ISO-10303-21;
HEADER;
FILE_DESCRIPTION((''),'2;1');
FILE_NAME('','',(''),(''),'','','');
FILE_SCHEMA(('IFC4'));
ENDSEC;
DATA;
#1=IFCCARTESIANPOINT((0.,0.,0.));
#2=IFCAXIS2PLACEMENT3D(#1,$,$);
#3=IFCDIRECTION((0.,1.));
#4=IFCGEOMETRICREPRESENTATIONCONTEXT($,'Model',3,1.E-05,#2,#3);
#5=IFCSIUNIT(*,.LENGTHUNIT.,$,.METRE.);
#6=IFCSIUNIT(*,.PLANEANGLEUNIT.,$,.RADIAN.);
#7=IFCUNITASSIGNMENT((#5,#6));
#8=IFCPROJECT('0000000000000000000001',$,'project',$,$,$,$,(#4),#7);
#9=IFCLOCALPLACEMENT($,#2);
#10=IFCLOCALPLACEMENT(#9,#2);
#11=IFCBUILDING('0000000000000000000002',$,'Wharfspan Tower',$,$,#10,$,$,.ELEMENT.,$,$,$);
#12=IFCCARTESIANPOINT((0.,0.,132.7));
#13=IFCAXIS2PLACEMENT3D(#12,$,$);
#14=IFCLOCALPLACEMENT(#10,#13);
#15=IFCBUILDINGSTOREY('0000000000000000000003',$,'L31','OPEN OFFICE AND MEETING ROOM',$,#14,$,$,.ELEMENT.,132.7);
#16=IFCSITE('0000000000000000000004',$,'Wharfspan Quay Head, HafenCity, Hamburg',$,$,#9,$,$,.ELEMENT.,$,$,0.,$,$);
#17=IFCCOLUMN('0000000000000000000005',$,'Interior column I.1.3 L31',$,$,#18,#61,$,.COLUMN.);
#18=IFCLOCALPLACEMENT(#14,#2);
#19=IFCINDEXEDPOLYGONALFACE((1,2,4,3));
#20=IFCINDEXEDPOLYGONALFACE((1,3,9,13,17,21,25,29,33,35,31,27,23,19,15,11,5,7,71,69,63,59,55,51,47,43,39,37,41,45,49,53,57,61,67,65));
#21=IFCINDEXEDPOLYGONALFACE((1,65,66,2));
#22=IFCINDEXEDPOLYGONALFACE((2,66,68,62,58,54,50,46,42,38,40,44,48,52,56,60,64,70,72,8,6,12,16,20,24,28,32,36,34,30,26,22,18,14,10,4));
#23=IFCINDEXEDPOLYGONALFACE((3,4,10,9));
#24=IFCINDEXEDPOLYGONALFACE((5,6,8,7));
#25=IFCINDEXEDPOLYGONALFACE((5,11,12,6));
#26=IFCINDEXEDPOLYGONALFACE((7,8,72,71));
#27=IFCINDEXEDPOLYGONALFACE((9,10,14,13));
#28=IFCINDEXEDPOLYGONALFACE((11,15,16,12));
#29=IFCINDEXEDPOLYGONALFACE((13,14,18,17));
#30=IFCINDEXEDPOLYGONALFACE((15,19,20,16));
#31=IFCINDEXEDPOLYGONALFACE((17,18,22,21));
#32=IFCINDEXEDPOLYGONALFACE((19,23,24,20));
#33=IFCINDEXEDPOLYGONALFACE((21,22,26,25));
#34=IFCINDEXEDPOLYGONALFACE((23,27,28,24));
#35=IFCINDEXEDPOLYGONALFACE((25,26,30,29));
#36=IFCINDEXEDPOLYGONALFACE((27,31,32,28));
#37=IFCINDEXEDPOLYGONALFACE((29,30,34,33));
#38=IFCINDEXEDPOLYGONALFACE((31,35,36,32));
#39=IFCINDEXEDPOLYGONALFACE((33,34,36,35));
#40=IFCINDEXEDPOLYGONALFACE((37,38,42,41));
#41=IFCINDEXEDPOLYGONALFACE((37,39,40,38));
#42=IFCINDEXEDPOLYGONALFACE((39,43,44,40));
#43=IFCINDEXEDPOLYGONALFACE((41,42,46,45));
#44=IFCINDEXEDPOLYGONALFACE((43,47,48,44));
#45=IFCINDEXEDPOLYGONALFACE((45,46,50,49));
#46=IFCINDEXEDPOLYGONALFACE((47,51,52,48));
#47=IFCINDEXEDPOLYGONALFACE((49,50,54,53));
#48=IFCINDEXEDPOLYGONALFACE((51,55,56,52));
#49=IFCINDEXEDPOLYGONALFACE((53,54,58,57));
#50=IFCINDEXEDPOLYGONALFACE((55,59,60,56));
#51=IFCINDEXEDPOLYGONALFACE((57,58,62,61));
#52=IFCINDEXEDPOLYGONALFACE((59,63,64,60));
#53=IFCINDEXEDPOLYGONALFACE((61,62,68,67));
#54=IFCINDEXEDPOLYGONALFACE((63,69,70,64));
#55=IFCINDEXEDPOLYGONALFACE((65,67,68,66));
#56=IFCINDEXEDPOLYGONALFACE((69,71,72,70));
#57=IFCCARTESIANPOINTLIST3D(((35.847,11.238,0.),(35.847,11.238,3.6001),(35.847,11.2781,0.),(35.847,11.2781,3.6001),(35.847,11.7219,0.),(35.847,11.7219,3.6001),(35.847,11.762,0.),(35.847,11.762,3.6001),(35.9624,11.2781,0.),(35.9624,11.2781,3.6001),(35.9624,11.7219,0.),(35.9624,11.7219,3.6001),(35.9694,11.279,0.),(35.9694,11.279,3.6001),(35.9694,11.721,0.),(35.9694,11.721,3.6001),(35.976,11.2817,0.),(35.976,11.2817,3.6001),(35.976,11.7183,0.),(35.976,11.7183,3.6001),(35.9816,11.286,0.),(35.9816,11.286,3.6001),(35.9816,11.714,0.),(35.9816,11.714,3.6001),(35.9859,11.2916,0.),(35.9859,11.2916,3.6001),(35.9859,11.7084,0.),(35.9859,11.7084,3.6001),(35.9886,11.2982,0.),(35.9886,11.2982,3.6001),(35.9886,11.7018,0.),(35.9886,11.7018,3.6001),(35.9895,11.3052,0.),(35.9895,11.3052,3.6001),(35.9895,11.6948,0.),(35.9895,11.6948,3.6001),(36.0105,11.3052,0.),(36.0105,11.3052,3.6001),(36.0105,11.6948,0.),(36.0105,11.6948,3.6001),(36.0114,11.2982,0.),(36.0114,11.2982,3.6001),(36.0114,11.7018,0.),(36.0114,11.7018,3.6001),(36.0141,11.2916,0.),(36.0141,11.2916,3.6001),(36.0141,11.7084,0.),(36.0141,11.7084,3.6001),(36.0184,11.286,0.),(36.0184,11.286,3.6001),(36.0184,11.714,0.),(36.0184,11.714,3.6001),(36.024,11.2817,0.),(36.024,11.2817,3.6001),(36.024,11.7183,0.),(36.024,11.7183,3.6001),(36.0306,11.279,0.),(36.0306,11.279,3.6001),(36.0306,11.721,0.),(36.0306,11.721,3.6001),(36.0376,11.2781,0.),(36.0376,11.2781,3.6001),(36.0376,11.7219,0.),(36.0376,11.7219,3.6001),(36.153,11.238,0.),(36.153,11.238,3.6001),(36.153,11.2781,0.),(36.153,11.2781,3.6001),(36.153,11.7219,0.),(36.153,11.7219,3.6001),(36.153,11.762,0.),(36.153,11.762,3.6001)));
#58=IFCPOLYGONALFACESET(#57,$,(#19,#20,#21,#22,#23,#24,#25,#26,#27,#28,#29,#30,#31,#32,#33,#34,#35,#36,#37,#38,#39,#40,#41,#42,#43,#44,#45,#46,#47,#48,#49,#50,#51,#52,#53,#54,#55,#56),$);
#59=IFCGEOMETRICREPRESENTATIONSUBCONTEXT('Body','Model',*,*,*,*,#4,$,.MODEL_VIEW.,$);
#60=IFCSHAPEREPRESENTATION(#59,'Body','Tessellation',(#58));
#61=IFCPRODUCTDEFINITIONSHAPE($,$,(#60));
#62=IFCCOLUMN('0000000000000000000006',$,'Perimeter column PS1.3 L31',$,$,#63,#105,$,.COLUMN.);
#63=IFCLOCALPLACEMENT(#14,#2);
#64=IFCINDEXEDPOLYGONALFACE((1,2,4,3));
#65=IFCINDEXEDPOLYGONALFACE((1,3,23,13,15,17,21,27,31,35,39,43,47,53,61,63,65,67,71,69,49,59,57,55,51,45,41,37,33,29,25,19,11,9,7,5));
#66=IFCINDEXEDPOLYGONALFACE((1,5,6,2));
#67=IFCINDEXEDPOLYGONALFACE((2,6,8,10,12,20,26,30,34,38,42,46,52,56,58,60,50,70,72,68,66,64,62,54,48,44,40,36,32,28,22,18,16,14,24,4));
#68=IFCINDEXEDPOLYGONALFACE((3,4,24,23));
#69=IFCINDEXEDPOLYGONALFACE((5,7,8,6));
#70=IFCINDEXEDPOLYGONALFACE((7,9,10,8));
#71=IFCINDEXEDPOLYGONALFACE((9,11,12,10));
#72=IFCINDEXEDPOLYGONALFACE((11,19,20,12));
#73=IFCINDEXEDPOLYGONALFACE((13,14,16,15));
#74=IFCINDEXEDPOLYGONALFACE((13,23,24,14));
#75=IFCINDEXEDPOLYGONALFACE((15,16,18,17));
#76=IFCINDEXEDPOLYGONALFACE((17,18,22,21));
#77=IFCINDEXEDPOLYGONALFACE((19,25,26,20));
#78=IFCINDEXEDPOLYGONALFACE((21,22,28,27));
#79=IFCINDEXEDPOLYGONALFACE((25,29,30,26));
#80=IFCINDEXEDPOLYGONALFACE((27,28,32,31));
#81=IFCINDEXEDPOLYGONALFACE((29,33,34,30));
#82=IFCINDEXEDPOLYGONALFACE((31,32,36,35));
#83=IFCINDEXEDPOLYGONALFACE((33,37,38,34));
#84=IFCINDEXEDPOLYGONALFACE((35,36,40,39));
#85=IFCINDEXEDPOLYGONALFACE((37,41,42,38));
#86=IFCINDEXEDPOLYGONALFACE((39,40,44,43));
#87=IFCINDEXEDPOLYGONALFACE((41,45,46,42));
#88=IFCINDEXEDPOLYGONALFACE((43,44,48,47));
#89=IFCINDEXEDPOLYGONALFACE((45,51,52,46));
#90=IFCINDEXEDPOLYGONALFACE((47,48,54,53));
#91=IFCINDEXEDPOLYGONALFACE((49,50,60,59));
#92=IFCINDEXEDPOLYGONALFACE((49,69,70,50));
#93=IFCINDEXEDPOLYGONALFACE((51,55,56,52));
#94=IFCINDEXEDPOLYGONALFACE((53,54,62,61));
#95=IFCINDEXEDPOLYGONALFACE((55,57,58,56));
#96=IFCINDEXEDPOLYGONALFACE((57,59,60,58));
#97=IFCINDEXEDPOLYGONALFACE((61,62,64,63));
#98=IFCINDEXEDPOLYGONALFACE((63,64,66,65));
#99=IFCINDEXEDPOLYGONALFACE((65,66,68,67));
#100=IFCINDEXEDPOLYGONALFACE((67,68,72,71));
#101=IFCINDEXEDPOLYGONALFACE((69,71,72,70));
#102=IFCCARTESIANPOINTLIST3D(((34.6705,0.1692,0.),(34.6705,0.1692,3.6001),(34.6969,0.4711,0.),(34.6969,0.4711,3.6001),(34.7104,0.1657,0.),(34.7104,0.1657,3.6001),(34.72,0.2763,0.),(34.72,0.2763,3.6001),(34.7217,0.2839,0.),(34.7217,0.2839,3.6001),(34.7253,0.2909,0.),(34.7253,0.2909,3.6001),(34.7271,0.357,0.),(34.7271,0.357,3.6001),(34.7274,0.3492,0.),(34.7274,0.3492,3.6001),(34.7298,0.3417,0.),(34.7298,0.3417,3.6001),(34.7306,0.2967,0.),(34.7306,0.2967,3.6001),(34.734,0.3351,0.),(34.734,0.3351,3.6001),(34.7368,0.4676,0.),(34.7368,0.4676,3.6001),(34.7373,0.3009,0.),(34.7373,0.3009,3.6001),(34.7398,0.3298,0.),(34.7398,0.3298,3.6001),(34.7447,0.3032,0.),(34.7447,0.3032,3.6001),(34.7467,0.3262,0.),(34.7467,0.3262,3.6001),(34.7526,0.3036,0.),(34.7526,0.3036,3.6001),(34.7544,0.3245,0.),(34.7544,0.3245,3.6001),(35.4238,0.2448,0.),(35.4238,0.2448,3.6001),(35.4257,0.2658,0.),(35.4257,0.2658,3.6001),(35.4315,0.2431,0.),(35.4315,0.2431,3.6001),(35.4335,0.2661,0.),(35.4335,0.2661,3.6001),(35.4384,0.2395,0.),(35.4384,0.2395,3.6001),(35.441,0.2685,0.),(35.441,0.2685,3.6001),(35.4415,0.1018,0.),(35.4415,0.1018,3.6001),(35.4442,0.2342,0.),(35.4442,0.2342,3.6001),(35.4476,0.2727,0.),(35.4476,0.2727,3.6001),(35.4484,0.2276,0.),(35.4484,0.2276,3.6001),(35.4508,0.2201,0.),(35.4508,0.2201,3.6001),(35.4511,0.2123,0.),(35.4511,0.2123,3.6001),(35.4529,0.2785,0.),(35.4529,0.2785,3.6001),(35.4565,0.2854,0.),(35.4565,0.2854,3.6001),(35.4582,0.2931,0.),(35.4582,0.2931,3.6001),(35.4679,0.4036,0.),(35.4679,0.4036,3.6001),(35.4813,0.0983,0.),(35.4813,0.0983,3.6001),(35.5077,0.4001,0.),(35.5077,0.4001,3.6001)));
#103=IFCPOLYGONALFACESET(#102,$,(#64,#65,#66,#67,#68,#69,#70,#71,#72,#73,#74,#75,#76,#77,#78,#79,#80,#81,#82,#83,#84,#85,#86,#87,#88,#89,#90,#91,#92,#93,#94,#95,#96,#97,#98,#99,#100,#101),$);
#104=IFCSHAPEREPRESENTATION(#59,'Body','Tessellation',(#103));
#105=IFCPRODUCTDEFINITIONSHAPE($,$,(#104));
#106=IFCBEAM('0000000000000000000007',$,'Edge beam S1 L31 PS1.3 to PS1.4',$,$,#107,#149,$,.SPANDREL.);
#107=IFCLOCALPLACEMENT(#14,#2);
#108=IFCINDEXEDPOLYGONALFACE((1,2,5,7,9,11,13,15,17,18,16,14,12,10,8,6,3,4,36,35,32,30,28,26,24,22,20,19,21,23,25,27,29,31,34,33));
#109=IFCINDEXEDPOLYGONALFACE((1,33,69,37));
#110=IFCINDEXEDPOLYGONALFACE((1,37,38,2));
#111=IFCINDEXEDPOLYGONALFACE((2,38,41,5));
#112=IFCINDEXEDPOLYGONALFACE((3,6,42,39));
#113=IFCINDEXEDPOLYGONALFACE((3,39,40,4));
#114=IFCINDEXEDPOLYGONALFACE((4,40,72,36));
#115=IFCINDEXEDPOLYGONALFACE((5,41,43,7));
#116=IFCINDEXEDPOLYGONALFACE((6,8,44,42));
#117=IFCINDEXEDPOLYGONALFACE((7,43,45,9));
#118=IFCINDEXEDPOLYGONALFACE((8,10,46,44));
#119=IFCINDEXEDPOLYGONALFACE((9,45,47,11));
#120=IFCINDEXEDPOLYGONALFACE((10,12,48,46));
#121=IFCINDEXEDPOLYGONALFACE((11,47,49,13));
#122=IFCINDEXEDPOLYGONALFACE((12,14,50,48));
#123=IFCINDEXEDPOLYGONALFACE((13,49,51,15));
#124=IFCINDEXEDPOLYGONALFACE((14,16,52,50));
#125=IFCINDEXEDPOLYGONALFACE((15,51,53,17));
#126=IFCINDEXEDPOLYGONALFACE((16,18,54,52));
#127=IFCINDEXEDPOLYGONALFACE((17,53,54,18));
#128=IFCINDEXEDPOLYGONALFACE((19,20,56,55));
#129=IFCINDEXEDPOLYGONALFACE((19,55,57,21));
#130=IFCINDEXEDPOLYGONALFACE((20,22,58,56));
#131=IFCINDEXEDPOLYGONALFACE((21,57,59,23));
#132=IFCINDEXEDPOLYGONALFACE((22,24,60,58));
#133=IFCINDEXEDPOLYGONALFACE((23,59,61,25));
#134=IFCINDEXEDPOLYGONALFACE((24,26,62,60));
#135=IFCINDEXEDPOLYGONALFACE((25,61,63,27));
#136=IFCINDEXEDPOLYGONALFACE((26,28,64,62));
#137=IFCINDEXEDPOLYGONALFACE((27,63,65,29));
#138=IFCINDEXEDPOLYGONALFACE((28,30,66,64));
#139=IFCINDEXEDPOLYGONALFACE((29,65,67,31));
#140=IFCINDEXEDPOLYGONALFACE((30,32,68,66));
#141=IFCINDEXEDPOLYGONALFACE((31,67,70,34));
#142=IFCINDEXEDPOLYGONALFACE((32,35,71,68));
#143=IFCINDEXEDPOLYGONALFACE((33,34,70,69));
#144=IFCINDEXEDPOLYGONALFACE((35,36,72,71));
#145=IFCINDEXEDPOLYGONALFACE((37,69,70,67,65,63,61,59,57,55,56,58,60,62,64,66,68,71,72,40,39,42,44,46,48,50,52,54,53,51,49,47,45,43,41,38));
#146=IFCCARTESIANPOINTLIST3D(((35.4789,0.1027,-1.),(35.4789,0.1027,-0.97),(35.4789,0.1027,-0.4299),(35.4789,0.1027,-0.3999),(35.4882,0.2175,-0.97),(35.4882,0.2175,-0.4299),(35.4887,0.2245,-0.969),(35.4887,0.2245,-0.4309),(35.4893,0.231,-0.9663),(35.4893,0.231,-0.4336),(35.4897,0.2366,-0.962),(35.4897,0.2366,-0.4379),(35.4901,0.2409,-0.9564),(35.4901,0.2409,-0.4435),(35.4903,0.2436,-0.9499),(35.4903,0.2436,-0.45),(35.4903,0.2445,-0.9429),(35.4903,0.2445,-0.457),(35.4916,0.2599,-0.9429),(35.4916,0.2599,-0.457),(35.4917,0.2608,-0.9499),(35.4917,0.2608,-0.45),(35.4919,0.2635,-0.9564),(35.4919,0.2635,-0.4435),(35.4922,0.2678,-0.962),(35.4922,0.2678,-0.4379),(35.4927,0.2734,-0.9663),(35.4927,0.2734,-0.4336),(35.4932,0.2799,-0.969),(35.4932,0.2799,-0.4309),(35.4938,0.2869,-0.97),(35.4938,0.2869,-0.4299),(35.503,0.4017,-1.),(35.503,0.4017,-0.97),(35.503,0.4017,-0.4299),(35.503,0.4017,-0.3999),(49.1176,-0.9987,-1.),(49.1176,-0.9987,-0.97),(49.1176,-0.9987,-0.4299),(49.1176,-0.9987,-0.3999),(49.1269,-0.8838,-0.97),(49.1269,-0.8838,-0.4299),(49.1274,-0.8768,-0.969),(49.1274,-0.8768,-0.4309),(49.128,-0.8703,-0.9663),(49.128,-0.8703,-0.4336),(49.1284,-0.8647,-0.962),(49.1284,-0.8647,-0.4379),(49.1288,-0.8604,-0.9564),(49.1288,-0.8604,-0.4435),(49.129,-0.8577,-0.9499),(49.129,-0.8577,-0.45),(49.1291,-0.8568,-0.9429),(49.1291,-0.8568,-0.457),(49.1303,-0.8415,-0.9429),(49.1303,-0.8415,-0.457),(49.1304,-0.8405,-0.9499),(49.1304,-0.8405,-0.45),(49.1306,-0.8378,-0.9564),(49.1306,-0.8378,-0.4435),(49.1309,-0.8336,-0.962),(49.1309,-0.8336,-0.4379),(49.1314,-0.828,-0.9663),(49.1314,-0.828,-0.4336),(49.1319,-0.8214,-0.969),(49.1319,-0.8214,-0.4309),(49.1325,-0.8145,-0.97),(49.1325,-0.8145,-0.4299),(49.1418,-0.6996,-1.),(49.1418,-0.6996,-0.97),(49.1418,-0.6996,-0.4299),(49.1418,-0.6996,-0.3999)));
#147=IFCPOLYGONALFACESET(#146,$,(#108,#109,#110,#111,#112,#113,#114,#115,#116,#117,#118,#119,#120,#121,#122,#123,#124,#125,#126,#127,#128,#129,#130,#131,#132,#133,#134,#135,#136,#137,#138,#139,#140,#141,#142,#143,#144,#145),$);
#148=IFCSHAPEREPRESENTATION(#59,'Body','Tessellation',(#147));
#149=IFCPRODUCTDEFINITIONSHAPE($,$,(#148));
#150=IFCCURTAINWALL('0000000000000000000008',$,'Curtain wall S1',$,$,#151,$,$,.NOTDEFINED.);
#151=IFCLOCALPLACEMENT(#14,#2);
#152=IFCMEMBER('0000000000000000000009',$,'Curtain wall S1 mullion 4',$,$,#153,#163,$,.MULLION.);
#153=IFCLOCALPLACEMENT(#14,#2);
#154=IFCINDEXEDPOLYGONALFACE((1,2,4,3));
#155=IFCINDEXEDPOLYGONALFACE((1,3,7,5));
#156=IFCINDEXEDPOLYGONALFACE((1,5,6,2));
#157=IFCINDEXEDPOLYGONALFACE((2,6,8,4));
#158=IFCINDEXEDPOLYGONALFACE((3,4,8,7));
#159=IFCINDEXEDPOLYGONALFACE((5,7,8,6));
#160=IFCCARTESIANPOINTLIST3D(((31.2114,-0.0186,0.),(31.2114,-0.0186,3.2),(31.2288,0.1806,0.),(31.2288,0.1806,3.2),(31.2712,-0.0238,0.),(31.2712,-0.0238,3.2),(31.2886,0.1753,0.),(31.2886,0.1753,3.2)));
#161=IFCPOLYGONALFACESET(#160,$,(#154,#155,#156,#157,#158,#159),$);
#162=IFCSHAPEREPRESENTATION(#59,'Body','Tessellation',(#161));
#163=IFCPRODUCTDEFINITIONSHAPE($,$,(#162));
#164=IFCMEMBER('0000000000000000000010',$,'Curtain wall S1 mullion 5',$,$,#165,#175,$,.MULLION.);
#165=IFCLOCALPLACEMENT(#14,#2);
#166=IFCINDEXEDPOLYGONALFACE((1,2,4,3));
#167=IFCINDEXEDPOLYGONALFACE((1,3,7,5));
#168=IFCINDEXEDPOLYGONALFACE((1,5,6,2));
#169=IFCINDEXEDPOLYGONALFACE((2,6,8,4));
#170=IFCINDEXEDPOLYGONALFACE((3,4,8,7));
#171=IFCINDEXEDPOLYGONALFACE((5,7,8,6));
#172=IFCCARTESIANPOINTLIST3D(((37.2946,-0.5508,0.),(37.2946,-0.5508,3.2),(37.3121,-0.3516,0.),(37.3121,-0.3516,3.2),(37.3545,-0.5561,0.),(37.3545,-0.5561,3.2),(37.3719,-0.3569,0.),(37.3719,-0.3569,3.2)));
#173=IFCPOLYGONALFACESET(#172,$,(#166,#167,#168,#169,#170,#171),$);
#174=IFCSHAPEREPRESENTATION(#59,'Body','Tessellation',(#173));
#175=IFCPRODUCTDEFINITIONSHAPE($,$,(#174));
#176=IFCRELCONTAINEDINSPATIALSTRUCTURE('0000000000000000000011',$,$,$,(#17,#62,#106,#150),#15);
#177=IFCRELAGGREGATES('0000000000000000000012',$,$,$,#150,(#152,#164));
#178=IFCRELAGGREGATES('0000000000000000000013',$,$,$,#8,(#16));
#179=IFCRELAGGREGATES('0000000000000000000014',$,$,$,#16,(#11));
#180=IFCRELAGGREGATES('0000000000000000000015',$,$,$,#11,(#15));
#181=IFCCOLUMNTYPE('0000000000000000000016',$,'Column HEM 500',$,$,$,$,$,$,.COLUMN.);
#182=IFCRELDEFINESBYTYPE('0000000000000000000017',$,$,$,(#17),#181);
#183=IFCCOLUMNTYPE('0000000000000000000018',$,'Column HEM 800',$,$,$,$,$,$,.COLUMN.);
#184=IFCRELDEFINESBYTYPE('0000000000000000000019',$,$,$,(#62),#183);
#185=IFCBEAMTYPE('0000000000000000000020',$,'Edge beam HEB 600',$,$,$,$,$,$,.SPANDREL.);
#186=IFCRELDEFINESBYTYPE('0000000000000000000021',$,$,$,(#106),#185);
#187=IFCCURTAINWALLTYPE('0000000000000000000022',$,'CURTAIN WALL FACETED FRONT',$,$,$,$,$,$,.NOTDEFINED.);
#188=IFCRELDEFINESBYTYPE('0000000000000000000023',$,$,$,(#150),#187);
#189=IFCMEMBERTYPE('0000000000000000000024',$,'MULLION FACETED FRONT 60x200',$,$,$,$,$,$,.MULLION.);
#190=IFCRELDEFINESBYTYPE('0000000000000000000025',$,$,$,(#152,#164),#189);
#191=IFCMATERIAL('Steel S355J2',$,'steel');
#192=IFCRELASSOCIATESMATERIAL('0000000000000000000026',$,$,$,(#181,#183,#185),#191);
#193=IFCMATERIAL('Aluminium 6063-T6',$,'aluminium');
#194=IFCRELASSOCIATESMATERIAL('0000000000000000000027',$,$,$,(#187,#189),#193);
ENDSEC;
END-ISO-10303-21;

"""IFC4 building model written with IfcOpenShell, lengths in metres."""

from ifc_helpers import new_model, si_unit, direction, frame, origin, origin_2d, place, context, subcontext, project, spatial, rectangle, i_section, extrude, material, material_profile, profile_set, type_object, element, aggregate, save


model = new_model("IFC4")

# Units and contexts
model_context = context("Model", 3, precision=1e-05, world=origin(), true_north=direction((0.0, 1.0)))
body_context = subcontext(model_context, "Body", "Model", "MODEL_VIEW")
ifc_project = project(units=[si_unit("LENGTHUNIT", "METRE"), si_unit("PLANEANGLEUNIT", "RADIAN")], contexts=[model_context])

# Site, building, storey
site_placement = place(None, origin())
site = spatial("IfcSite", under=ifc_project, at=site_placement, Name="Wharfspan Quay Head, HafenCity, Hamburg", CompositionType="ELEMENT", RefElevation=0.0)
building_placement = place(site_placement, origin())
building = spatial("IfcBuilding", under=site, at=building_placement, Name="Wharfspan Tower", CompositionType="ELEMENT")
storey_placement = place(building_placement, frame((0.0, 0.0, 132.7)))
storey = spatial("IfcBuildingStorey", under=building, at=storey_placement, Name="L31", Description="OPEN OFFICE AND MEETING ROOM", CompositionType="ELEMENT", Elevation=132.7)

# Columns
ifc_material_1 = material(Name="Steel S355J2", Category="steel")
ifc_material_profile_1 = material_profile(ifc_material_1, i_section(OverallWidth=0.3059, OverallDepth=0.5239, WebThickness=0.021, FlangeThickness=0.04, FilletRadius=0.0271, at=origin_2d()))
ifc_profile_set_1 = profile_set([ifc_material_profile_1], Name="Steel S355J2")
column_type_1 = type_object("IfcColumnType", Name="Column HEM 500", PredefinedType="COLUMN", material=ifc_profile_set_1)
column_1_placement = place(storey_placement, frame((36.0, 11.5, 0.0), z_axis=(0.0, 0.0, 1.0), x_axis=(1.0, 0.0, 0.0)))
element("IfcColumn", 1, at=column_1_placement, inside=storey, type_object=column_type_1, Name="Interior column I.1.3 L31", PredefinedType="COLUMN", context=body_context, shape_type="SweptSolid", body=[
    extrude(i_section(OverallWidth=0.3059, OverallDepth=0.5239, WebThickness=0.021, FlangeThickness=0.04, FilletRadius=0.0271, at=origin_2d()), origin(), (0.0, 0.0, 1.0), 3.6001),
])
ifc_material_profile_2 = material_profile(ifc_material_1, i_section(OverallWidth=0.303, OverallDepth=0.814, WebThickness=0.021, FlangeThickness=0.04, FilletRadius=0.03, at=origin_2d()))
ifc_profile_set_2 = profile_set([ifc_material_profile_2], Name="Steel S355J2")
column_type_2 = type_object("IfcColumnType", Name="Column HEM 800", PredefinedType="COLUMN", material=ifc_profile_set_2)
column_2_placement = place(storey_placement, frame((35.0891, 0.2847, 0.0), z_axis=(0.0, 0.0, 1.0), x_axis=(-0.087156, -0.996198, 0.0)))
element("IfcColumn", 2, at=column_2_placement, inside=storey, type_object=column_type_2, Name="Perimeter column PS1.3 L31", PredefinedType="COLUMN", context=body_context, shape_type="SweptSolid", body=[
    extrude(i_section(OverallWidth=0.303, OverallDepth=0.814, WebThickness=0.021, FlangeThickness=0.04, FilletRadius=0.03, at=origin_2d()), origin(), (0.0, 0.0, 1.0), 3.6001),
])

# Beam
ifc_material_profile_3 = material_profile(ifc_material_1, i_section(OverallWidth=0.3, OverallDepth=0.6001, WebThickness=0.0154, FlangeThickness=0.03, FilletRadius=0.0271, at=origin_2d()))
ifc_profile_set_3 = profile_set([ifc_material_profile_3], Name="Steel S355J2")
beam_type = type_object("IfcBeamType", Name="Edge beam HEB 600", PredefinedType="SPANDREL", material=ifc_profile_set_3)
beam_placement = place(storey_placement, frame((35.491, 0.2522, -0.7), z_axis=(0.996756, -0.080488, 0.0), x_axis=(0.080488, 0.996756, 0.0)))
element("IfcBeam", 3, at=beam_placement, inside=storey, type_object=beam_type, Name="Edge beam S1 L31 PS1.3 to PS1.4", PredefinedType="SPANDREL", context=body_context, shape_type="SweptSolid", body=[
    extrude(i_section(OverallWidth=0.3, OverallDepth=0.6001, WebThickness=0.0154, FlangeThickness=0.03, FilletRadius=0.0271, at=origin_2d()), origin(), (0.0, 0.0, 1.0), 13.6831),
])

# Curtain wall, members
ifc_material_2 = material(Name="Aluminium 6063-T6", Category="aluminium")
curtain_wall_type = type_object("IfcCurtainWallType", Name="CURTAIN WALL FACETED FRONT", PredefinedType="NOTDEFINED", material=ifc_material_2)
curtain_wall_placement = place(storey_placement, origin())
curtain_wall = element("IfcCurtainWall", 4, at=curtain_wall_placement, inside=storey, type_object=curtain_wall_type, Name="Curtain wall S1", PredefinedType="NOTDEFINED")
ifc_material_profile_4 = material_profile(ifc_material_2, rectangle(XDim=0.2, YDim=0.0601, at=origin_2d()))
ifc_profile_set_4 = profile_set([ifc_material_profile_4], Name="Aluminium 6063-T6")
member_type_1 = type_object("IfcMemberType", Name="MULLION FACETED FRONT 60x200", PredefinedType="MULLION", material=ifc_profile_set_4)
member_1_placement = place(storey_placement, frame((31.25, 0.0784, 0.0), z_axis=(0.0, 0.0, 1.0), x_axis=(0.087156, 0.996198, 0.0)))
member_1 = element("IfcMember", 5, at=member_1_placement, type_object=member_type_1, Name="Curtain wall S1 mullion 4", PredefinedType="MULLION", context=body_context, shape_type="SweptSolid", body=[
    extrude(rectangle(XDim=0.2, YDim=0.0601, at=origin_2d()), origin(), (0.0, 0.0, 1.0), 3.2),
])
member_2_placement = place(storey_placement, frame((37.3333, -0.4539, 0.0), z_axis=(0.0, 0.0, 1.0), x_axis=(0.087156, 0.996198, 0.0)))
member_2 = element("IfcMember", 6, at=member_2_placement, type_object=member_type_1, Name="Curtain wall S1 mullion 5", PredefinedType="MULLION", context=body_context, shape_type="SweptSolid", body=[
    extrude(rectangle(XDim=0.2, YDim=0.0601, at=origin_2d()), origin(), (0.0, 0.0, 1.0), 3.2),
])

aggregate(curtain_wall, [member_1, member_2])

save(model, "model.ifc")
